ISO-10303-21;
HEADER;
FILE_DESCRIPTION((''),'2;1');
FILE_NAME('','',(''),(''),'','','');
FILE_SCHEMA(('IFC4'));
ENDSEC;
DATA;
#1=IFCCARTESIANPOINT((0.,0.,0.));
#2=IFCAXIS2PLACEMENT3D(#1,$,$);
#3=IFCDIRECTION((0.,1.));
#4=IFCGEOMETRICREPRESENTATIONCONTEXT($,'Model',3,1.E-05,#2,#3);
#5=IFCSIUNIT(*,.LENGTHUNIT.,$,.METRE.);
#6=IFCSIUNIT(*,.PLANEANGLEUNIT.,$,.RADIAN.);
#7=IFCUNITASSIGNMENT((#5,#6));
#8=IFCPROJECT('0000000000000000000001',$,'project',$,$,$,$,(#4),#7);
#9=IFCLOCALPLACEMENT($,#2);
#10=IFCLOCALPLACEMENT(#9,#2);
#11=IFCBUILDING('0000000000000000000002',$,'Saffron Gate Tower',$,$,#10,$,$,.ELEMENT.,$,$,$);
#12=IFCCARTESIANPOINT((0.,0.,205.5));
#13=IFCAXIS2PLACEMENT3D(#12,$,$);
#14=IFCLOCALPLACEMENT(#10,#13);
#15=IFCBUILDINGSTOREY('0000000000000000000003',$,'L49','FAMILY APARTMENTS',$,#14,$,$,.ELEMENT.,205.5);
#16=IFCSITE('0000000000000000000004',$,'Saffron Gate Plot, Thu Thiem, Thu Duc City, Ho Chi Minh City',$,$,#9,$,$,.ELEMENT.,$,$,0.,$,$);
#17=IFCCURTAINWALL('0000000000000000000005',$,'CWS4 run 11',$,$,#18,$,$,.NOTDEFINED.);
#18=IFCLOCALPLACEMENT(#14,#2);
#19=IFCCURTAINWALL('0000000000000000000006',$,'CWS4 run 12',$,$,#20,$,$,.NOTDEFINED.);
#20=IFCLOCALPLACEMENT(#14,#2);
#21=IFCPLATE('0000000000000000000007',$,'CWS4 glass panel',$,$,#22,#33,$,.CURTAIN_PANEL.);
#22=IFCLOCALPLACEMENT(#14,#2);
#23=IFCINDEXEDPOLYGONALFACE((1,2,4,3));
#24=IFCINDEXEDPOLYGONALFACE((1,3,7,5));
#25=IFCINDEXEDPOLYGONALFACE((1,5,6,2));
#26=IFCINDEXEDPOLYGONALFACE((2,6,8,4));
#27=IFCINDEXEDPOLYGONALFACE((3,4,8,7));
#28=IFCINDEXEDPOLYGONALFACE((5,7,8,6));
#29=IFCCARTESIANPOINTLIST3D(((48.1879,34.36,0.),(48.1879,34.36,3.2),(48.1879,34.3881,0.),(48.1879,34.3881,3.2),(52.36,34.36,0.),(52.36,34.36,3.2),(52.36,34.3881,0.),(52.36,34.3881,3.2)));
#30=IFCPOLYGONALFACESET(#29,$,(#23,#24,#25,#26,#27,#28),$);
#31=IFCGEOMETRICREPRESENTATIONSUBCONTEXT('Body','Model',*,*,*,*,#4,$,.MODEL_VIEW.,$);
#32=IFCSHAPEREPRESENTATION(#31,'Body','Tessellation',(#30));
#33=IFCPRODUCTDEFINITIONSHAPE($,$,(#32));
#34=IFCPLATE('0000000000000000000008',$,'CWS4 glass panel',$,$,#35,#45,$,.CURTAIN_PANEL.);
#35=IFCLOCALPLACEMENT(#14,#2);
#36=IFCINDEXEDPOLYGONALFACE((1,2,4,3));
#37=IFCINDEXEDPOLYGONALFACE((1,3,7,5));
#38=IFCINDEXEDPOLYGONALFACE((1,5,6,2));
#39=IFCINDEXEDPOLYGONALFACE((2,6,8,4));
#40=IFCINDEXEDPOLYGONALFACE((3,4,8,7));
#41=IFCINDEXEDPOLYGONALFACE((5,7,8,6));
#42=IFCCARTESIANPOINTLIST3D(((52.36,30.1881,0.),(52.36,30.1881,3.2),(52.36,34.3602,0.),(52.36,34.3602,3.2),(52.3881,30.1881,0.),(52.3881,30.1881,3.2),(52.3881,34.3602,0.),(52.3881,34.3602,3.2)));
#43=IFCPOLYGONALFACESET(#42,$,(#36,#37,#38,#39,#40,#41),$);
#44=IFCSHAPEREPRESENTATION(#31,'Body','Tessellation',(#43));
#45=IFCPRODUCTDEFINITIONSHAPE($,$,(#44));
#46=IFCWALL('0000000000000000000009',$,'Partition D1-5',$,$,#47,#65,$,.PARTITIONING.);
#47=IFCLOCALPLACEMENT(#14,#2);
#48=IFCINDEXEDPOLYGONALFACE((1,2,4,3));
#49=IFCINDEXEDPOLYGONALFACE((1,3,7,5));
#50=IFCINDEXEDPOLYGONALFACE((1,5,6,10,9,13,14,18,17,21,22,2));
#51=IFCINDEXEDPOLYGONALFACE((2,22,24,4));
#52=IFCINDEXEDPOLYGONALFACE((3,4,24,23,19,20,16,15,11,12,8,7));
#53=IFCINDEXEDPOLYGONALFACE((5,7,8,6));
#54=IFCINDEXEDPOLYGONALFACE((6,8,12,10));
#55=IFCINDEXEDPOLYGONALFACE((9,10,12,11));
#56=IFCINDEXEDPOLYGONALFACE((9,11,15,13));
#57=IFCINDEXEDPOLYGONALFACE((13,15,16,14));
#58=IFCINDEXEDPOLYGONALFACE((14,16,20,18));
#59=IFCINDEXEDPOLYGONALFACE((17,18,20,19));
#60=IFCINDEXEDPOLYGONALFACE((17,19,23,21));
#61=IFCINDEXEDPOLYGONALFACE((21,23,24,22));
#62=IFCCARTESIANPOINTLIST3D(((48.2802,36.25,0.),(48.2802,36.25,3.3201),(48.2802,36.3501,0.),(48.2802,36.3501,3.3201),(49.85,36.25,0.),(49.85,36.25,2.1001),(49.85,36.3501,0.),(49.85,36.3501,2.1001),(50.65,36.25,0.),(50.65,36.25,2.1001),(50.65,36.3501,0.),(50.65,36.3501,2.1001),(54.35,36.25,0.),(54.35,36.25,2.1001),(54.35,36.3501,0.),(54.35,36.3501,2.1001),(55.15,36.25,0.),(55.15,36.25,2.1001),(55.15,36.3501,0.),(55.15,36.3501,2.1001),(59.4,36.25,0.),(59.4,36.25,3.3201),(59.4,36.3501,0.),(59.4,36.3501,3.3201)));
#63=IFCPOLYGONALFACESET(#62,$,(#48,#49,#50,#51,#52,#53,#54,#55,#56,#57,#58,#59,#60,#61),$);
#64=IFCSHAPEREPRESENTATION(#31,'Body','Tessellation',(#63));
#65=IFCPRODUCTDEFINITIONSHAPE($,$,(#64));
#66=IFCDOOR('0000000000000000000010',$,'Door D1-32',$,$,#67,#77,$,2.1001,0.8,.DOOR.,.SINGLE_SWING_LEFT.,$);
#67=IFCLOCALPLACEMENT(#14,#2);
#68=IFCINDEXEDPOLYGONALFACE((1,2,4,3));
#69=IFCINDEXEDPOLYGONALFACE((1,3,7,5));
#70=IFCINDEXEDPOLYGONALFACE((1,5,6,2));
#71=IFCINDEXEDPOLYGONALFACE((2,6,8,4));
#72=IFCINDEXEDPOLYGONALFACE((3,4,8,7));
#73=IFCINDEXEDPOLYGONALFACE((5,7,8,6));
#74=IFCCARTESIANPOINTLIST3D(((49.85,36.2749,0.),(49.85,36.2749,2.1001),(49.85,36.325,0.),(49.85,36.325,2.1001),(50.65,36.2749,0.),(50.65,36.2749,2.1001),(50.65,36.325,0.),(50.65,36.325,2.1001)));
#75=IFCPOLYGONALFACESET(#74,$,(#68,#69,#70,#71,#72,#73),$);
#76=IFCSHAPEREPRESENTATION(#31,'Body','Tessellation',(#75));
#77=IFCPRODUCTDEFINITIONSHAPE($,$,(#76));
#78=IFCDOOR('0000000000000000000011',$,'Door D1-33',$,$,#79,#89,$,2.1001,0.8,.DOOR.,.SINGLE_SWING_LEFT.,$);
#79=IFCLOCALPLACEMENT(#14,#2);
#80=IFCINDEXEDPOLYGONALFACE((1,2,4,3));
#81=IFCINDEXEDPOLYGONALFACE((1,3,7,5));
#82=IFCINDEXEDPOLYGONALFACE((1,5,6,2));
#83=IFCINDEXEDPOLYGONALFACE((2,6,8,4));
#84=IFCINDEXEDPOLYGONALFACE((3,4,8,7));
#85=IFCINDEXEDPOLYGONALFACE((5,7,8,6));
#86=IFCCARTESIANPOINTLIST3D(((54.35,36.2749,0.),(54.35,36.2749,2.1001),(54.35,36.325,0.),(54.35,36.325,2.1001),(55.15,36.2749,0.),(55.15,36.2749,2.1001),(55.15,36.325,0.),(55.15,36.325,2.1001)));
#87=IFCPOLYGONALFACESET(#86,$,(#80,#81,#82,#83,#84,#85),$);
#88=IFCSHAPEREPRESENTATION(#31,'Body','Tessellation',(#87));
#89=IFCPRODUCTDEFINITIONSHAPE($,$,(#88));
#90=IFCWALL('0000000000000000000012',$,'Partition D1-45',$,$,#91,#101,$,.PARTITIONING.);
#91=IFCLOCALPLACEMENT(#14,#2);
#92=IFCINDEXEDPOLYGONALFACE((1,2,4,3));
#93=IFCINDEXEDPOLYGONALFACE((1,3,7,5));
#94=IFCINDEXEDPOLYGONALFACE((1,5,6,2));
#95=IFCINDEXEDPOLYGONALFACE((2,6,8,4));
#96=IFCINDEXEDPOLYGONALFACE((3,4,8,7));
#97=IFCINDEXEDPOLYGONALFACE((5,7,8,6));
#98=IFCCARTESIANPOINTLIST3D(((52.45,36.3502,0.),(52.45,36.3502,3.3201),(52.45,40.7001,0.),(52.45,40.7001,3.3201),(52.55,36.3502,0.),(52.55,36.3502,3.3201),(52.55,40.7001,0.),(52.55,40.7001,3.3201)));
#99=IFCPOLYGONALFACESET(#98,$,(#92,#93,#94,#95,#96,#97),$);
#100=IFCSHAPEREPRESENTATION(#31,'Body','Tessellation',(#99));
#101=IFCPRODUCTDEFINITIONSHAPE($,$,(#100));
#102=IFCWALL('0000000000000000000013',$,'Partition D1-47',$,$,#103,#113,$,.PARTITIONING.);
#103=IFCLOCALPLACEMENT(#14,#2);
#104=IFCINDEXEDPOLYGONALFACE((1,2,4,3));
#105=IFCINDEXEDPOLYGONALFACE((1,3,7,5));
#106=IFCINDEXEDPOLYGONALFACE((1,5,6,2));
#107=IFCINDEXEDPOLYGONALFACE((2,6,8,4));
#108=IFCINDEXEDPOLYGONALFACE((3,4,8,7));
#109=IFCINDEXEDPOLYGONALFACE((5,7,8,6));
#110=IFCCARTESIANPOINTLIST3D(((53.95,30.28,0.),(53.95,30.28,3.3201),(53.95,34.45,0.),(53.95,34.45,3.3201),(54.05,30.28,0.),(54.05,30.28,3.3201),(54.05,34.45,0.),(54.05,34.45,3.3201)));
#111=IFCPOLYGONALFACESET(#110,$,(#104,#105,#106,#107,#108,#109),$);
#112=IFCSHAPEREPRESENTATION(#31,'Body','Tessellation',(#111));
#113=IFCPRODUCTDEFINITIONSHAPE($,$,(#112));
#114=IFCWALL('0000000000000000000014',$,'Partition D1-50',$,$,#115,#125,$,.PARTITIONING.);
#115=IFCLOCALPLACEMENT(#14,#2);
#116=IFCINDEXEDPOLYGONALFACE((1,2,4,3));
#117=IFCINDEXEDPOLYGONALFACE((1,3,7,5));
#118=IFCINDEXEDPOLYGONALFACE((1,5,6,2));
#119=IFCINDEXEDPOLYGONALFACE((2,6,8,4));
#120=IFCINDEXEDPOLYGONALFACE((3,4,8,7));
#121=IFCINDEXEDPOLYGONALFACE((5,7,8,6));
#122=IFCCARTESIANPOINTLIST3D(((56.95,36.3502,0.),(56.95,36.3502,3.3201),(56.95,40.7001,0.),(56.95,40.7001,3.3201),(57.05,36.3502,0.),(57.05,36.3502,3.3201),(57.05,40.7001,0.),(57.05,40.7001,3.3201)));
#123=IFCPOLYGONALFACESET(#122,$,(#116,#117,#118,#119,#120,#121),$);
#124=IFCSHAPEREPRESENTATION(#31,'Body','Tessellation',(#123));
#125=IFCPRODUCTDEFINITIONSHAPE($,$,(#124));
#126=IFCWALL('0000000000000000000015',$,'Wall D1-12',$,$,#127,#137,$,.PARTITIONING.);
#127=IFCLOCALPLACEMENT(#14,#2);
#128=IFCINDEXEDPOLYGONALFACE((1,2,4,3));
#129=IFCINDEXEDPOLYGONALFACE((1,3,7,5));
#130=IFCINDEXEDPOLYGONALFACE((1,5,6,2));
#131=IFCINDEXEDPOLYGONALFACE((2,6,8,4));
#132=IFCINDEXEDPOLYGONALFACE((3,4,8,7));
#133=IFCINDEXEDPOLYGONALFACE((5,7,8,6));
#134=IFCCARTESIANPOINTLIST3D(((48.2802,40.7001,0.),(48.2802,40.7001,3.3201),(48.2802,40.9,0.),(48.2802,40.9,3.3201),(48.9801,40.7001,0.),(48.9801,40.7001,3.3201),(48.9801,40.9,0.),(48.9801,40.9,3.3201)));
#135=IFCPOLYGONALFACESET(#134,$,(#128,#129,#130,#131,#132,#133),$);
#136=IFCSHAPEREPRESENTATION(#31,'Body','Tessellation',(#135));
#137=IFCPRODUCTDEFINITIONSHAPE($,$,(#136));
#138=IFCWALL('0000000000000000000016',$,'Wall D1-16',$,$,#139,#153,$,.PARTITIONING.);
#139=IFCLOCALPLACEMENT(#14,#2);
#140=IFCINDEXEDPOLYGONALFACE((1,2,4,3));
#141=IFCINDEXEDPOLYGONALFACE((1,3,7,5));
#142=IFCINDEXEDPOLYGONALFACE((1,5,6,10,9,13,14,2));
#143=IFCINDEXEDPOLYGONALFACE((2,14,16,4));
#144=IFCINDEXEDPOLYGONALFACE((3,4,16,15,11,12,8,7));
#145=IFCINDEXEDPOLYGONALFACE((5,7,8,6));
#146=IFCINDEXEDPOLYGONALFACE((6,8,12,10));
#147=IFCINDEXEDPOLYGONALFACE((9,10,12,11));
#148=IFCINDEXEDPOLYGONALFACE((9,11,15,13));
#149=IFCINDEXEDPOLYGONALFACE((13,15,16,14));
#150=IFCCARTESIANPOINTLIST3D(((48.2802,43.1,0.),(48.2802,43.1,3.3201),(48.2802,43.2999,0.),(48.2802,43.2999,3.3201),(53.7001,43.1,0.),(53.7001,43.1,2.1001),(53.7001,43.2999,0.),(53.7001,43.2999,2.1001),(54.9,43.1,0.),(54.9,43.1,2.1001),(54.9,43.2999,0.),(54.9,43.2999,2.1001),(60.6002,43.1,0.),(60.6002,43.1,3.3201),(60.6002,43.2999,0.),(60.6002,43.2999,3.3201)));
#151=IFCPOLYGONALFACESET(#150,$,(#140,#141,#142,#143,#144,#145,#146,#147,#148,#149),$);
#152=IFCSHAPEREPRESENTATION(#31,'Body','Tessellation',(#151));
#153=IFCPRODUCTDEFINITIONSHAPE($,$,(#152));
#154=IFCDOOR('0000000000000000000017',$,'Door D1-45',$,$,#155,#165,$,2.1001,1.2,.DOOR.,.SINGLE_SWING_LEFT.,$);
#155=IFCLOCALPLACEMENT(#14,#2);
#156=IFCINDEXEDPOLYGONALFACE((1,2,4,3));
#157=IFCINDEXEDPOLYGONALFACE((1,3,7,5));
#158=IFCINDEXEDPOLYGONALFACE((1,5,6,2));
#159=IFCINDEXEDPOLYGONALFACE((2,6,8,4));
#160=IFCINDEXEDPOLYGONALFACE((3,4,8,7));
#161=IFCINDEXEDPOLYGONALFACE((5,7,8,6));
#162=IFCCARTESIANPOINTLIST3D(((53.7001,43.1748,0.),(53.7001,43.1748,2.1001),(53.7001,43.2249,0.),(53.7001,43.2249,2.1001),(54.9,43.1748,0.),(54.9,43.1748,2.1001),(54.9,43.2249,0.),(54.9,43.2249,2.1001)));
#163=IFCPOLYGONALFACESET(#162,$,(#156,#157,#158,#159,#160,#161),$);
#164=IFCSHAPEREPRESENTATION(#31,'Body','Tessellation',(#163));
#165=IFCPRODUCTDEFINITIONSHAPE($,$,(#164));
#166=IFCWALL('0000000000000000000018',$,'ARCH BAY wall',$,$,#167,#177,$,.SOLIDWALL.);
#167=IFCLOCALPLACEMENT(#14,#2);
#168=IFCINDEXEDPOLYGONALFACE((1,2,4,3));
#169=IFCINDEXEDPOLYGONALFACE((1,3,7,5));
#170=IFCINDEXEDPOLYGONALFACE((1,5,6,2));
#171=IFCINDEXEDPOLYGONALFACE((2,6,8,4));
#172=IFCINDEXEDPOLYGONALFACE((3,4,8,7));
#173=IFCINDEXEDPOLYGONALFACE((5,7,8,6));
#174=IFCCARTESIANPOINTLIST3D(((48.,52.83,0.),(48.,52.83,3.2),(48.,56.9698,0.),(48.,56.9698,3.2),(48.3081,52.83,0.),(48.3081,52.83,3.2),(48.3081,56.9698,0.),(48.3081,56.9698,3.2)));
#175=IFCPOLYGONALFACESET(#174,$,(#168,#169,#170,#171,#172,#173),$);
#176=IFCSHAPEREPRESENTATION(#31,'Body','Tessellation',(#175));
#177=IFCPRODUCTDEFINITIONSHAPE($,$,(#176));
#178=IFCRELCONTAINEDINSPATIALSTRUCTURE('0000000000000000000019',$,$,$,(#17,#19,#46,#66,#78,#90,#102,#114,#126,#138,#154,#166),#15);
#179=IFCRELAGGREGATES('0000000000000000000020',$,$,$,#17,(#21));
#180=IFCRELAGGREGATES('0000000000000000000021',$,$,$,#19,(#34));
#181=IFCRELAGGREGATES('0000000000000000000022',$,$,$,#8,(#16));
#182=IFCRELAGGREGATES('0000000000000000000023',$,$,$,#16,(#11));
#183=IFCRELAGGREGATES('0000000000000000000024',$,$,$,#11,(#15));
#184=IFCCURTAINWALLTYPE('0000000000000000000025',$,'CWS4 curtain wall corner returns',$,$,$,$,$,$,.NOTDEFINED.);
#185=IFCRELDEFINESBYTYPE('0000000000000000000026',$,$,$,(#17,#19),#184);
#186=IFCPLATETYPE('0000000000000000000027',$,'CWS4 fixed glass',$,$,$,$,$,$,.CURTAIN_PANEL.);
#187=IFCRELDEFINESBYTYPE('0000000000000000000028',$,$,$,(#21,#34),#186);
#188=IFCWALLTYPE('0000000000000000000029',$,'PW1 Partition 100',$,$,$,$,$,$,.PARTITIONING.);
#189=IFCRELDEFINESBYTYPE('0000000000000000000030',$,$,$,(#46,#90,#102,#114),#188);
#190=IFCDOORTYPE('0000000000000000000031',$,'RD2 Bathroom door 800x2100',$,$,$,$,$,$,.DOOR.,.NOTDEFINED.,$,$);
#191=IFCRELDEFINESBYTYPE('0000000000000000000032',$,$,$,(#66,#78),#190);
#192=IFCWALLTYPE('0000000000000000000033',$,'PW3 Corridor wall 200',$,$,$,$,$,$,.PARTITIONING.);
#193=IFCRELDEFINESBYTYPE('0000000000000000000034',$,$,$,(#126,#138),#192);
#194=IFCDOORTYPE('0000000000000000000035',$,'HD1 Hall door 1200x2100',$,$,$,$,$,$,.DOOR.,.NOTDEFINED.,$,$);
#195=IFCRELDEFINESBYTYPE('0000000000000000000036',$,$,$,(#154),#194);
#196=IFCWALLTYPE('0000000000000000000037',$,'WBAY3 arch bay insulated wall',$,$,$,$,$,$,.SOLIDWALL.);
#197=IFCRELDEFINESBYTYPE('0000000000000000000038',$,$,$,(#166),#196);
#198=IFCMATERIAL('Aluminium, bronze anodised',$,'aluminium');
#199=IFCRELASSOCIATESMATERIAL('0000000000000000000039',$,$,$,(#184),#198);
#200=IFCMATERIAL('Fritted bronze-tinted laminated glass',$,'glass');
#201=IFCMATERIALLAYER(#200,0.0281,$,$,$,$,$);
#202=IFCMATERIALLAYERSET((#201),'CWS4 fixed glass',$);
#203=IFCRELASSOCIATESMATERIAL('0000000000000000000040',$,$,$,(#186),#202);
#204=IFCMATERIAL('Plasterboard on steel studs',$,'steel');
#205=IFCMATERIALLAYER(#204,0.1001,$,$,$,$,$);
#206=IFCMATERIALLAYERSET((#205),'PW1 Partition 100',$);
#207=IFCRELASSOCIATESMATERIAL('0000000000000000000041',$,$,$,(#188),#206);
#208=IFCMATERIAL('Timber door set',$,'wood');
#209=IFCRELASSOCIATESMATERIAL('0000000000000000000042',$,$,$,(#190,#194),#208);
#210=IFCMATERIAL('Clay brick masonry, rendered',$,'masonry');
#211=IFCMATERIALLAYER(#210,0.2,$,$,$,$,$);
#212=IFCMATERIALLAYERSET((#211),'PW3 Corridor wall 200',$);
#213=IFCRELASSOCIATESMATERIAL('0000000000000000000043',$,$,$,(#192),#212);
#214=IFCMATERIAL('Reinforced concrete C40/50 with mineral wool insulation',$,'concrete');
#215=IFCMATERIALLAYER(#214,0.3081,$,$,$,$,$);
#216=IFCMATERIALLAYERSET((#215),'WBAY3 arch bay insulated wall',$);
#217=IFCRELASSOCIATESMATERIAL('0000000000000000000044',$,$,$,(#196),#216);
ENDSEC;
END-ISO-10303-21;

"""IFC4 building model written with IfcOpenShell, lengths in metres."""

from ifc_helpers import new_model, si_unit, direction, frame, frame_2d, origin, place, context, subcontext, project, spatial, rectangle, extrude, material, layer, layer_set, type_object, element, fill, aggregate, save


model = new_model("IFC4")

# Units and contexts
model_context = context("Model", 3, precision=1e-05, world=origin(), true_north=direction((0.0, 1.0)))
body_context = subcontext(model_context, "Body", "Model", "MODEL_VIEW")
ifc_project = project(units=[si_unit("LENGTHUNIT", "METRE"), si_unit("PLANEANGLEUNIT", "RADIAN")], contexts=[model_context])

# Site, building, storey
site_placement = place(None, origin())
site = spatial("IfcSite", under=ifc_project, at=site_placement, Name="Saffron Gate Plot, Thu Thiem, Thu Duc City, Ho Chi Minh City", CompositionType="ELEMENT", RefElevation=0.0)
building_placement = place(site_placement, origin())
building = spatial("IfcBuilding", under=site, at=building_placement, Name="Saffron Gate Tower", CompositionType="ELEMENT")
storey_placement = place(building_placement, frame((0.0, 0.0, 205.5)))
storey = spatial("IfcBuildingStorey", under=building, at=storey_placement, Name="L49", Description="FAMILY APARTMENTS", CompositionType="ELEMENT", Elevation=205.5)

# Shared definitions
ifc_material_1 = material(Name="Aluminium, bronze anodised", Category="aluminium")

# Curtain walls
curtain_wall_type_1 = type_object("IfcCurtainWallType", Name="CWS4 curtain wall corner returns", PredefinedType="NOTDEFINED", material=ifc_material_1)
curtain_wall_1_placement = place(storey_placement, origin())
curtain_wall_1 = element("IfcCurtainWall", 1, at=curtain_wall_1_placement, inside=storey, type_object=curtain_wall_type_1, Name="CWS4 run 11", PredefinedType="NOTDEFINED")
curtain_wall_2_placement = place(storey_placement, origin())
curtain_wall_2 = element("IfcCurtainWall", 2, at=curtain_wall_2_placement, inside=storey, type_object=curtain_wall_type_1, Name="CWS4 run 12", PredefinedType="NOTDEFINED")

# Shared definitions
ifc_material_2 = material(Name="Fritted bronze-tinted laminated glass", Category="glass")

# Plates
ifc_layer_1 = layer(ifc_material_2, 0.0281)
ifc_layer_set_1 = layer_set([ifc_layer_1], Name="CWS4 fixed glass")
plate_type_1 = type_object("IfcPlateType", Name="CWS4 fixed glass", PredefinedType="CURTAIN_PANEL", material=ifc_layer_set_1)
plate_1_placement = place(storey_placement, frame((48.188, 34.374, 0.0), z_axis=(0.0, 0.0, 1.0), x_axis=(1.0, 0.0, 0.0)))
plate_1 = element("IfcPlate", 3, at=plate_1_placement, type_object=plate_type_1, Name="CWS4 glass panel", PredefinedType="CURTAIN_PANEL", context=body_context, shape_type="SweptSolid", body=[
    extrude(rectangle(XDim=4.1721, YDim=0.0281, at=frame_2d((2.0859, 0.0))), origin(), (0.0, 0.0, 1.0), 3.2),
])
aggregate(curtain_wall_1, [plate_1])
plate_2_placement = place(storey_placement, frame((52.374, 34.3601, 0.0), z_axis=(0.0, 0.0, 1.0), x_axis=(0.0, -1.0, 0.0)))
plate_2 = element("IfcPlate", 4, at=plate_2_placement, type_object=plate_type_1, Name="CWS4 glass panel", PredefinedType="CURTAIN_PANEL", context=body_context, shape_type="SweptSolid", body=[
    extrude(rectangle(XDim=4.1721, YDim=0.0281, at=frame_2d((2.0859, 0.0))), origin(), (0.0, 0.0, 1.0), 3.2),
])
aggregate(curtain_wall_2, [plate_2])

# Wall, openings, doors
ifc_material_3 = material(Name="Plasterboard on steel studs", Category="steel")
ifc_layer_2 = layer(ifc_material_3, 0.1001)
ifc_layer_set_2 = layer_set([ifc_layer_2], Name="PW1 Partition 100")
wall_type_1 = type_object("IfcWallType", Name="PW1 Partition 100", PredefinedType="PARTITIONING", material=ifc_layer_set_2)
wall_1_placement = place(storey_placement, frame((48.28, 36.3, 0.0), z_axis=(0.0, 0.0, 1.0), x_axis=(1.0, 0.0, 0.0)))
wall_1 = element("IfcWall", 5, at=wall_1_placement, inside=storey, type_object=wall_type_1, Name="Partition D1-5", PredefinedType="PARTITIONING", context=body_context, shape_type="SweptSolid", body=[
    extrude(rectangle(XDim=11.1199, YDim=0.1001, at=frame_2d((5.5601, 0.0))), origin(), (0.0, 0.0, 1.0), 3.3201),
])
opening_1_placement = place(wall_1_placement, frame((1.5701, 0.0, 0.0)))
opening_1 = element("IfcOpeningElement", 6, at=opening_1_placement, cuts=wall_1, PredefinedType="OPENING", context=body_context, shape_type="SweptSolid", body=[
    extrude(rectangle(XDim=0.8, YDim=2.1001, at=frame_2d((0.3999, 1.05))), frame((0.0, 0.0601, 0.0), z_axis=(0.0, -1.0, 0.0), x_axis=(1.0, 0.0, 0.0)), (0.0, 0.0, 1.0), 0.1201),
])
opening_2_placement = place(wall_1_placement, frame((6.0701, 0.0, 0.0)))
opening_2 = element("IfcOpeningElement", 7, at=opening_2_placement, cuts=wall_1, PredefinedType="OPENING", context=body_context, shape_type="SweptSolid", body=[
    extrude(rectangle(XDim=0.8, YDim=2.1001, at=frame_2d((0.3999, 1.05))), frame((0.0, 0.0601, 0.0), z_axis=(0.0, -1.0, 0.0), x_axis=(1.0, 0.0, 0.0)), (0.0, 0.0, 1.0), 0.1201),
])
ifc_material_4 = material(Name="Timber door set", Category="wood")
door_type_1 = type_object("IfcDoorType", Name="RD2 Bathroom door 800x2100", OperationType="NOTDEFINED", PredefinedType="DOOR", material=ifc_material_4)
door_1_placement = place(opening_1_placement, origin())
door_1 = element("IfcDoor", 8, at=door_1_placement, inside=storey, type_object=door_type_1, Name="Door D1-32", OperationType="SINGLE_SWING_LEFT", OverallHeight=2.1001, OverallWidth=0.8, PredefinedType="DOOR", context=body_context, shape_type="SweptSolid", body=[
    extrude(rectangle(XDim=0.8, YDim=2.1001, at=frame_2d((0.3999, 1.05))), frame((0.0, 0.0249, 0.0), z_axis=(0.0, -1.0, 0.0), x_axis=(1.0, 0.0, 0.0)), (0.0, 0.0, 1.0), 0.05),
])
fill(opening_1, door_1)
door_2_placement = place(opening_2_placement, origin())
door_2 = element("IfcDoor", 9, at=door_2_placement, inside=storey, type_object=door_type_1, Name="Door D1-33", OperationType="SINGLE_SWING_LEFT", OverallHeight=2.1001, OverallWidth=0.8, PredefinedType="DOOR", context=body_context, shape_type="SweptSolid", body=[
    extrude(rectangle(XDim=0.8, YDim=2.1001, at=frame_2d((0.3999, 1.05))), frame((0.0, 0.0249, 0.0), z_axis=(0.0, -1.0, 0.0), x_axis=(1.0, 0.0, 0.0)), (0.0, 0.0, 1.0), 0.05),
])
fill(opening_2, door_2)

# Walls
wall_2_placement = place(storey_placement, frame((52.5, 40.7, 0.0), z_axis=(0.0, 0.0, 1.0), x_axis=(0.0, -1.0, 0.0)))
element("IfcWall", 10, at=wall_2_placement, inside=storey, type_object=wall_type_1, Name="Partition D1-45", PredefinedType="PARTITIONING", context=body_context, shape_type="SweptSolid", body=[
    extrude(rectangle(XDim=4.3499, YDim=0.1001, at=frame_2d((2.1748, 0.0))), origin(), (0.0, 0.0, 1.0), 3.3201),
])
wall_3_placement = place(storey_placement, frame((54.0, 34.45, 0.0), z_axis=(0.0, 0.0, 1.0), x_axis=(0.0, -1.0, 0.0)))
element("IfcWall", 11, at=wall_3_placement, inside=storey, type_object=wall_type_1, Name="Partition D1-47", PredefinedType="PARTITIONING", context=body_context, shape_type="SweptSolid", body=[
    extrude(rectangle(XDim=4.1699, YDim=0.1001, at=frame_2d((2.085, 0.0))), origin(), (0.0, 0.0, 1.0), 3.3201),
])
wall_4_placement = place(storey_placement, frame((57.0, 40.7, 0.0), z_axis=(0.0, 0.0, 1.0), x_axis=(0.0, -1.0, 0.0)))
element("IfcWall", 12, at=wall_4_placement, inside=storey, type_object=wall_type_1, Name="Partition D1-50", PredefinedType="PARTITIONING", context=body_context, shape_type="SweptSolid", body=[
    extrude(rectangle(XDim=4.3499, YDim=0.1001, at=frame_2d((2.1748, 0.0))), origin(), (0.0, 0.0, 1.0), 3.3201),
])
ifc_material_5 = material(Name="Clay brick masonry, rendered", Category="masonry")
ifc_layer_3 = layer(ifc_material_5, 0.2)
ifc_layer_set_3 = layer_set([ifc_layer_3], Name="PW3 Corridor wall 200")
wall_type_2 = type_object("IfcWallType", Name="PW3 Corridor wall 200", PredefinedType="PARTITIONING", material=ifc_layer_set_3)
wall_5_placement = place(storey_placement, frame((48.28, 40.8, 0.0), z_axis=(0.0, 0.0, 1.0), x_axis=(1.0, 0.0, 0.0)))
element("IfcWall", 13, at=wall_5_placement, inside=storey, type_object=wall_type_2, Name="Wall D1-12", PredefinedType="PARTITIONING", context=body_context, shape_type="SweptSolid", body=[
    extrude(rectangle(XDim=0.7, YDim=0.2, at=frame_2d((0.3501, 0.0))), origin(), (0.0, 0.0, 1.0), 3.3201),
])

# Wall, opening, door
wall_6_placement = place(storey_placement, frame((48.28, 43.2, 0.0), z_axis=(0.0, 0.0, 1.0), x_axis=(1.0, 0.0, 0.0)))
wall_6 = element("IfcWall", 14, at=wall_6_placement, inside=storey, type_object=wall_type_2, Name="Wall D1-16", PredefinedType="PARTITIONING", context=body_context, shape_type="SweptSolid", body=[
    extrude(rectangle(XDim=12.3201, YDim=0.2, at=frame_2d((6.1602, 0.0))), origin(), (0.0, 0.0, 1.0), 3.3201),
])
opening_3_placement = place(wall_6_placement, frame((5.4199, 0.0, 0.0)))
opening_3 = element("IfcOpeningElement", 15, at=opening_3_placement, cuts=wall_6, PredefinedType="OPENING", context=body_context, shape_type="SweptSolid", body=[
    extrude(rectangle(XDim=1.2, YDim=2.1001, at=frame_2d((0.6001, 1.05))), frame((0.0, 0.1099, 0.0), z_axis=(0.0, -1.0, 0.0), x_axis=(1.0, 0.0, 0.0)), (0.0, 0.0, 1.0), 0.22),
])
door_type_2 = type_object("IfcDoorType", Name="HD1 Hall door 1200x2100", OperationType="NOTDEFINED", PredefinedType="DOOR", material=ifc_material_4)
door_3_placement = place(opening_3_placement, origin())
door_3 = element("IfcDoor", 16, at=door_3_placement, inside=storey, type_object=door_type_2, Name="Door D1-45", OperationType="SINGLE_SWING_LEFT", OverallHeight=2.1001, OverallWidth=1.2, PredefinedType="DOOR", context=body_context, shape_type="SweptSolid", body=[
    extrude(rectangle(XDim=1.2, YDim=2.1001, at=frame_2d((0.6001, 1.05))), frame((0.0, 0.0249, 0.0), z_axis=(0.0, -1.0, 0.0), x_axis=(1.0, 0.0, 0.0)), (0.0, 0.0, 1.0), 0.05),
])
fill(opening_3, door_3)

# Wall
ifc_material_6 = material(Name="Reinforced concrete C40/50 with mineral wool insulation", Category="concrete")
ifc_layer_4 = layer(ifc_material_6, 0.3081)
ifc_layer_set_4 = layer_set([ifc_layer_4], Name="WBAY3 arch bay insulated wall")
wall_type_3 = type_object("IfcWallType", Name="WBAY3 arch bay insulated wall", PredefinedType="SOLIDWALL", material=ifc_layer_set_4)
wall_7_placement = place(storey_placement, frame((48.1541, 52.8301, 0.0), z_axis=(0.0, 0.0, 1.0), x_axis=(0.0, 1.0, 0.0)))
element("IfcWall", 17, at=wall_7_placement, inside=storey, type_object=wall_type_3, Name="ARCH BAY wall", PredefinedType="SOLIDWALL", context=body_context, shape_type="SweptSolid", body=[
    extrude(rectangle(XDim=4.1399, YDim=0.3081, at=frame_2d((2.0698, 0.0))), origin(), (0.0, 0.0, 1.0), 3.2),
])

save(model, "model.ifc")
